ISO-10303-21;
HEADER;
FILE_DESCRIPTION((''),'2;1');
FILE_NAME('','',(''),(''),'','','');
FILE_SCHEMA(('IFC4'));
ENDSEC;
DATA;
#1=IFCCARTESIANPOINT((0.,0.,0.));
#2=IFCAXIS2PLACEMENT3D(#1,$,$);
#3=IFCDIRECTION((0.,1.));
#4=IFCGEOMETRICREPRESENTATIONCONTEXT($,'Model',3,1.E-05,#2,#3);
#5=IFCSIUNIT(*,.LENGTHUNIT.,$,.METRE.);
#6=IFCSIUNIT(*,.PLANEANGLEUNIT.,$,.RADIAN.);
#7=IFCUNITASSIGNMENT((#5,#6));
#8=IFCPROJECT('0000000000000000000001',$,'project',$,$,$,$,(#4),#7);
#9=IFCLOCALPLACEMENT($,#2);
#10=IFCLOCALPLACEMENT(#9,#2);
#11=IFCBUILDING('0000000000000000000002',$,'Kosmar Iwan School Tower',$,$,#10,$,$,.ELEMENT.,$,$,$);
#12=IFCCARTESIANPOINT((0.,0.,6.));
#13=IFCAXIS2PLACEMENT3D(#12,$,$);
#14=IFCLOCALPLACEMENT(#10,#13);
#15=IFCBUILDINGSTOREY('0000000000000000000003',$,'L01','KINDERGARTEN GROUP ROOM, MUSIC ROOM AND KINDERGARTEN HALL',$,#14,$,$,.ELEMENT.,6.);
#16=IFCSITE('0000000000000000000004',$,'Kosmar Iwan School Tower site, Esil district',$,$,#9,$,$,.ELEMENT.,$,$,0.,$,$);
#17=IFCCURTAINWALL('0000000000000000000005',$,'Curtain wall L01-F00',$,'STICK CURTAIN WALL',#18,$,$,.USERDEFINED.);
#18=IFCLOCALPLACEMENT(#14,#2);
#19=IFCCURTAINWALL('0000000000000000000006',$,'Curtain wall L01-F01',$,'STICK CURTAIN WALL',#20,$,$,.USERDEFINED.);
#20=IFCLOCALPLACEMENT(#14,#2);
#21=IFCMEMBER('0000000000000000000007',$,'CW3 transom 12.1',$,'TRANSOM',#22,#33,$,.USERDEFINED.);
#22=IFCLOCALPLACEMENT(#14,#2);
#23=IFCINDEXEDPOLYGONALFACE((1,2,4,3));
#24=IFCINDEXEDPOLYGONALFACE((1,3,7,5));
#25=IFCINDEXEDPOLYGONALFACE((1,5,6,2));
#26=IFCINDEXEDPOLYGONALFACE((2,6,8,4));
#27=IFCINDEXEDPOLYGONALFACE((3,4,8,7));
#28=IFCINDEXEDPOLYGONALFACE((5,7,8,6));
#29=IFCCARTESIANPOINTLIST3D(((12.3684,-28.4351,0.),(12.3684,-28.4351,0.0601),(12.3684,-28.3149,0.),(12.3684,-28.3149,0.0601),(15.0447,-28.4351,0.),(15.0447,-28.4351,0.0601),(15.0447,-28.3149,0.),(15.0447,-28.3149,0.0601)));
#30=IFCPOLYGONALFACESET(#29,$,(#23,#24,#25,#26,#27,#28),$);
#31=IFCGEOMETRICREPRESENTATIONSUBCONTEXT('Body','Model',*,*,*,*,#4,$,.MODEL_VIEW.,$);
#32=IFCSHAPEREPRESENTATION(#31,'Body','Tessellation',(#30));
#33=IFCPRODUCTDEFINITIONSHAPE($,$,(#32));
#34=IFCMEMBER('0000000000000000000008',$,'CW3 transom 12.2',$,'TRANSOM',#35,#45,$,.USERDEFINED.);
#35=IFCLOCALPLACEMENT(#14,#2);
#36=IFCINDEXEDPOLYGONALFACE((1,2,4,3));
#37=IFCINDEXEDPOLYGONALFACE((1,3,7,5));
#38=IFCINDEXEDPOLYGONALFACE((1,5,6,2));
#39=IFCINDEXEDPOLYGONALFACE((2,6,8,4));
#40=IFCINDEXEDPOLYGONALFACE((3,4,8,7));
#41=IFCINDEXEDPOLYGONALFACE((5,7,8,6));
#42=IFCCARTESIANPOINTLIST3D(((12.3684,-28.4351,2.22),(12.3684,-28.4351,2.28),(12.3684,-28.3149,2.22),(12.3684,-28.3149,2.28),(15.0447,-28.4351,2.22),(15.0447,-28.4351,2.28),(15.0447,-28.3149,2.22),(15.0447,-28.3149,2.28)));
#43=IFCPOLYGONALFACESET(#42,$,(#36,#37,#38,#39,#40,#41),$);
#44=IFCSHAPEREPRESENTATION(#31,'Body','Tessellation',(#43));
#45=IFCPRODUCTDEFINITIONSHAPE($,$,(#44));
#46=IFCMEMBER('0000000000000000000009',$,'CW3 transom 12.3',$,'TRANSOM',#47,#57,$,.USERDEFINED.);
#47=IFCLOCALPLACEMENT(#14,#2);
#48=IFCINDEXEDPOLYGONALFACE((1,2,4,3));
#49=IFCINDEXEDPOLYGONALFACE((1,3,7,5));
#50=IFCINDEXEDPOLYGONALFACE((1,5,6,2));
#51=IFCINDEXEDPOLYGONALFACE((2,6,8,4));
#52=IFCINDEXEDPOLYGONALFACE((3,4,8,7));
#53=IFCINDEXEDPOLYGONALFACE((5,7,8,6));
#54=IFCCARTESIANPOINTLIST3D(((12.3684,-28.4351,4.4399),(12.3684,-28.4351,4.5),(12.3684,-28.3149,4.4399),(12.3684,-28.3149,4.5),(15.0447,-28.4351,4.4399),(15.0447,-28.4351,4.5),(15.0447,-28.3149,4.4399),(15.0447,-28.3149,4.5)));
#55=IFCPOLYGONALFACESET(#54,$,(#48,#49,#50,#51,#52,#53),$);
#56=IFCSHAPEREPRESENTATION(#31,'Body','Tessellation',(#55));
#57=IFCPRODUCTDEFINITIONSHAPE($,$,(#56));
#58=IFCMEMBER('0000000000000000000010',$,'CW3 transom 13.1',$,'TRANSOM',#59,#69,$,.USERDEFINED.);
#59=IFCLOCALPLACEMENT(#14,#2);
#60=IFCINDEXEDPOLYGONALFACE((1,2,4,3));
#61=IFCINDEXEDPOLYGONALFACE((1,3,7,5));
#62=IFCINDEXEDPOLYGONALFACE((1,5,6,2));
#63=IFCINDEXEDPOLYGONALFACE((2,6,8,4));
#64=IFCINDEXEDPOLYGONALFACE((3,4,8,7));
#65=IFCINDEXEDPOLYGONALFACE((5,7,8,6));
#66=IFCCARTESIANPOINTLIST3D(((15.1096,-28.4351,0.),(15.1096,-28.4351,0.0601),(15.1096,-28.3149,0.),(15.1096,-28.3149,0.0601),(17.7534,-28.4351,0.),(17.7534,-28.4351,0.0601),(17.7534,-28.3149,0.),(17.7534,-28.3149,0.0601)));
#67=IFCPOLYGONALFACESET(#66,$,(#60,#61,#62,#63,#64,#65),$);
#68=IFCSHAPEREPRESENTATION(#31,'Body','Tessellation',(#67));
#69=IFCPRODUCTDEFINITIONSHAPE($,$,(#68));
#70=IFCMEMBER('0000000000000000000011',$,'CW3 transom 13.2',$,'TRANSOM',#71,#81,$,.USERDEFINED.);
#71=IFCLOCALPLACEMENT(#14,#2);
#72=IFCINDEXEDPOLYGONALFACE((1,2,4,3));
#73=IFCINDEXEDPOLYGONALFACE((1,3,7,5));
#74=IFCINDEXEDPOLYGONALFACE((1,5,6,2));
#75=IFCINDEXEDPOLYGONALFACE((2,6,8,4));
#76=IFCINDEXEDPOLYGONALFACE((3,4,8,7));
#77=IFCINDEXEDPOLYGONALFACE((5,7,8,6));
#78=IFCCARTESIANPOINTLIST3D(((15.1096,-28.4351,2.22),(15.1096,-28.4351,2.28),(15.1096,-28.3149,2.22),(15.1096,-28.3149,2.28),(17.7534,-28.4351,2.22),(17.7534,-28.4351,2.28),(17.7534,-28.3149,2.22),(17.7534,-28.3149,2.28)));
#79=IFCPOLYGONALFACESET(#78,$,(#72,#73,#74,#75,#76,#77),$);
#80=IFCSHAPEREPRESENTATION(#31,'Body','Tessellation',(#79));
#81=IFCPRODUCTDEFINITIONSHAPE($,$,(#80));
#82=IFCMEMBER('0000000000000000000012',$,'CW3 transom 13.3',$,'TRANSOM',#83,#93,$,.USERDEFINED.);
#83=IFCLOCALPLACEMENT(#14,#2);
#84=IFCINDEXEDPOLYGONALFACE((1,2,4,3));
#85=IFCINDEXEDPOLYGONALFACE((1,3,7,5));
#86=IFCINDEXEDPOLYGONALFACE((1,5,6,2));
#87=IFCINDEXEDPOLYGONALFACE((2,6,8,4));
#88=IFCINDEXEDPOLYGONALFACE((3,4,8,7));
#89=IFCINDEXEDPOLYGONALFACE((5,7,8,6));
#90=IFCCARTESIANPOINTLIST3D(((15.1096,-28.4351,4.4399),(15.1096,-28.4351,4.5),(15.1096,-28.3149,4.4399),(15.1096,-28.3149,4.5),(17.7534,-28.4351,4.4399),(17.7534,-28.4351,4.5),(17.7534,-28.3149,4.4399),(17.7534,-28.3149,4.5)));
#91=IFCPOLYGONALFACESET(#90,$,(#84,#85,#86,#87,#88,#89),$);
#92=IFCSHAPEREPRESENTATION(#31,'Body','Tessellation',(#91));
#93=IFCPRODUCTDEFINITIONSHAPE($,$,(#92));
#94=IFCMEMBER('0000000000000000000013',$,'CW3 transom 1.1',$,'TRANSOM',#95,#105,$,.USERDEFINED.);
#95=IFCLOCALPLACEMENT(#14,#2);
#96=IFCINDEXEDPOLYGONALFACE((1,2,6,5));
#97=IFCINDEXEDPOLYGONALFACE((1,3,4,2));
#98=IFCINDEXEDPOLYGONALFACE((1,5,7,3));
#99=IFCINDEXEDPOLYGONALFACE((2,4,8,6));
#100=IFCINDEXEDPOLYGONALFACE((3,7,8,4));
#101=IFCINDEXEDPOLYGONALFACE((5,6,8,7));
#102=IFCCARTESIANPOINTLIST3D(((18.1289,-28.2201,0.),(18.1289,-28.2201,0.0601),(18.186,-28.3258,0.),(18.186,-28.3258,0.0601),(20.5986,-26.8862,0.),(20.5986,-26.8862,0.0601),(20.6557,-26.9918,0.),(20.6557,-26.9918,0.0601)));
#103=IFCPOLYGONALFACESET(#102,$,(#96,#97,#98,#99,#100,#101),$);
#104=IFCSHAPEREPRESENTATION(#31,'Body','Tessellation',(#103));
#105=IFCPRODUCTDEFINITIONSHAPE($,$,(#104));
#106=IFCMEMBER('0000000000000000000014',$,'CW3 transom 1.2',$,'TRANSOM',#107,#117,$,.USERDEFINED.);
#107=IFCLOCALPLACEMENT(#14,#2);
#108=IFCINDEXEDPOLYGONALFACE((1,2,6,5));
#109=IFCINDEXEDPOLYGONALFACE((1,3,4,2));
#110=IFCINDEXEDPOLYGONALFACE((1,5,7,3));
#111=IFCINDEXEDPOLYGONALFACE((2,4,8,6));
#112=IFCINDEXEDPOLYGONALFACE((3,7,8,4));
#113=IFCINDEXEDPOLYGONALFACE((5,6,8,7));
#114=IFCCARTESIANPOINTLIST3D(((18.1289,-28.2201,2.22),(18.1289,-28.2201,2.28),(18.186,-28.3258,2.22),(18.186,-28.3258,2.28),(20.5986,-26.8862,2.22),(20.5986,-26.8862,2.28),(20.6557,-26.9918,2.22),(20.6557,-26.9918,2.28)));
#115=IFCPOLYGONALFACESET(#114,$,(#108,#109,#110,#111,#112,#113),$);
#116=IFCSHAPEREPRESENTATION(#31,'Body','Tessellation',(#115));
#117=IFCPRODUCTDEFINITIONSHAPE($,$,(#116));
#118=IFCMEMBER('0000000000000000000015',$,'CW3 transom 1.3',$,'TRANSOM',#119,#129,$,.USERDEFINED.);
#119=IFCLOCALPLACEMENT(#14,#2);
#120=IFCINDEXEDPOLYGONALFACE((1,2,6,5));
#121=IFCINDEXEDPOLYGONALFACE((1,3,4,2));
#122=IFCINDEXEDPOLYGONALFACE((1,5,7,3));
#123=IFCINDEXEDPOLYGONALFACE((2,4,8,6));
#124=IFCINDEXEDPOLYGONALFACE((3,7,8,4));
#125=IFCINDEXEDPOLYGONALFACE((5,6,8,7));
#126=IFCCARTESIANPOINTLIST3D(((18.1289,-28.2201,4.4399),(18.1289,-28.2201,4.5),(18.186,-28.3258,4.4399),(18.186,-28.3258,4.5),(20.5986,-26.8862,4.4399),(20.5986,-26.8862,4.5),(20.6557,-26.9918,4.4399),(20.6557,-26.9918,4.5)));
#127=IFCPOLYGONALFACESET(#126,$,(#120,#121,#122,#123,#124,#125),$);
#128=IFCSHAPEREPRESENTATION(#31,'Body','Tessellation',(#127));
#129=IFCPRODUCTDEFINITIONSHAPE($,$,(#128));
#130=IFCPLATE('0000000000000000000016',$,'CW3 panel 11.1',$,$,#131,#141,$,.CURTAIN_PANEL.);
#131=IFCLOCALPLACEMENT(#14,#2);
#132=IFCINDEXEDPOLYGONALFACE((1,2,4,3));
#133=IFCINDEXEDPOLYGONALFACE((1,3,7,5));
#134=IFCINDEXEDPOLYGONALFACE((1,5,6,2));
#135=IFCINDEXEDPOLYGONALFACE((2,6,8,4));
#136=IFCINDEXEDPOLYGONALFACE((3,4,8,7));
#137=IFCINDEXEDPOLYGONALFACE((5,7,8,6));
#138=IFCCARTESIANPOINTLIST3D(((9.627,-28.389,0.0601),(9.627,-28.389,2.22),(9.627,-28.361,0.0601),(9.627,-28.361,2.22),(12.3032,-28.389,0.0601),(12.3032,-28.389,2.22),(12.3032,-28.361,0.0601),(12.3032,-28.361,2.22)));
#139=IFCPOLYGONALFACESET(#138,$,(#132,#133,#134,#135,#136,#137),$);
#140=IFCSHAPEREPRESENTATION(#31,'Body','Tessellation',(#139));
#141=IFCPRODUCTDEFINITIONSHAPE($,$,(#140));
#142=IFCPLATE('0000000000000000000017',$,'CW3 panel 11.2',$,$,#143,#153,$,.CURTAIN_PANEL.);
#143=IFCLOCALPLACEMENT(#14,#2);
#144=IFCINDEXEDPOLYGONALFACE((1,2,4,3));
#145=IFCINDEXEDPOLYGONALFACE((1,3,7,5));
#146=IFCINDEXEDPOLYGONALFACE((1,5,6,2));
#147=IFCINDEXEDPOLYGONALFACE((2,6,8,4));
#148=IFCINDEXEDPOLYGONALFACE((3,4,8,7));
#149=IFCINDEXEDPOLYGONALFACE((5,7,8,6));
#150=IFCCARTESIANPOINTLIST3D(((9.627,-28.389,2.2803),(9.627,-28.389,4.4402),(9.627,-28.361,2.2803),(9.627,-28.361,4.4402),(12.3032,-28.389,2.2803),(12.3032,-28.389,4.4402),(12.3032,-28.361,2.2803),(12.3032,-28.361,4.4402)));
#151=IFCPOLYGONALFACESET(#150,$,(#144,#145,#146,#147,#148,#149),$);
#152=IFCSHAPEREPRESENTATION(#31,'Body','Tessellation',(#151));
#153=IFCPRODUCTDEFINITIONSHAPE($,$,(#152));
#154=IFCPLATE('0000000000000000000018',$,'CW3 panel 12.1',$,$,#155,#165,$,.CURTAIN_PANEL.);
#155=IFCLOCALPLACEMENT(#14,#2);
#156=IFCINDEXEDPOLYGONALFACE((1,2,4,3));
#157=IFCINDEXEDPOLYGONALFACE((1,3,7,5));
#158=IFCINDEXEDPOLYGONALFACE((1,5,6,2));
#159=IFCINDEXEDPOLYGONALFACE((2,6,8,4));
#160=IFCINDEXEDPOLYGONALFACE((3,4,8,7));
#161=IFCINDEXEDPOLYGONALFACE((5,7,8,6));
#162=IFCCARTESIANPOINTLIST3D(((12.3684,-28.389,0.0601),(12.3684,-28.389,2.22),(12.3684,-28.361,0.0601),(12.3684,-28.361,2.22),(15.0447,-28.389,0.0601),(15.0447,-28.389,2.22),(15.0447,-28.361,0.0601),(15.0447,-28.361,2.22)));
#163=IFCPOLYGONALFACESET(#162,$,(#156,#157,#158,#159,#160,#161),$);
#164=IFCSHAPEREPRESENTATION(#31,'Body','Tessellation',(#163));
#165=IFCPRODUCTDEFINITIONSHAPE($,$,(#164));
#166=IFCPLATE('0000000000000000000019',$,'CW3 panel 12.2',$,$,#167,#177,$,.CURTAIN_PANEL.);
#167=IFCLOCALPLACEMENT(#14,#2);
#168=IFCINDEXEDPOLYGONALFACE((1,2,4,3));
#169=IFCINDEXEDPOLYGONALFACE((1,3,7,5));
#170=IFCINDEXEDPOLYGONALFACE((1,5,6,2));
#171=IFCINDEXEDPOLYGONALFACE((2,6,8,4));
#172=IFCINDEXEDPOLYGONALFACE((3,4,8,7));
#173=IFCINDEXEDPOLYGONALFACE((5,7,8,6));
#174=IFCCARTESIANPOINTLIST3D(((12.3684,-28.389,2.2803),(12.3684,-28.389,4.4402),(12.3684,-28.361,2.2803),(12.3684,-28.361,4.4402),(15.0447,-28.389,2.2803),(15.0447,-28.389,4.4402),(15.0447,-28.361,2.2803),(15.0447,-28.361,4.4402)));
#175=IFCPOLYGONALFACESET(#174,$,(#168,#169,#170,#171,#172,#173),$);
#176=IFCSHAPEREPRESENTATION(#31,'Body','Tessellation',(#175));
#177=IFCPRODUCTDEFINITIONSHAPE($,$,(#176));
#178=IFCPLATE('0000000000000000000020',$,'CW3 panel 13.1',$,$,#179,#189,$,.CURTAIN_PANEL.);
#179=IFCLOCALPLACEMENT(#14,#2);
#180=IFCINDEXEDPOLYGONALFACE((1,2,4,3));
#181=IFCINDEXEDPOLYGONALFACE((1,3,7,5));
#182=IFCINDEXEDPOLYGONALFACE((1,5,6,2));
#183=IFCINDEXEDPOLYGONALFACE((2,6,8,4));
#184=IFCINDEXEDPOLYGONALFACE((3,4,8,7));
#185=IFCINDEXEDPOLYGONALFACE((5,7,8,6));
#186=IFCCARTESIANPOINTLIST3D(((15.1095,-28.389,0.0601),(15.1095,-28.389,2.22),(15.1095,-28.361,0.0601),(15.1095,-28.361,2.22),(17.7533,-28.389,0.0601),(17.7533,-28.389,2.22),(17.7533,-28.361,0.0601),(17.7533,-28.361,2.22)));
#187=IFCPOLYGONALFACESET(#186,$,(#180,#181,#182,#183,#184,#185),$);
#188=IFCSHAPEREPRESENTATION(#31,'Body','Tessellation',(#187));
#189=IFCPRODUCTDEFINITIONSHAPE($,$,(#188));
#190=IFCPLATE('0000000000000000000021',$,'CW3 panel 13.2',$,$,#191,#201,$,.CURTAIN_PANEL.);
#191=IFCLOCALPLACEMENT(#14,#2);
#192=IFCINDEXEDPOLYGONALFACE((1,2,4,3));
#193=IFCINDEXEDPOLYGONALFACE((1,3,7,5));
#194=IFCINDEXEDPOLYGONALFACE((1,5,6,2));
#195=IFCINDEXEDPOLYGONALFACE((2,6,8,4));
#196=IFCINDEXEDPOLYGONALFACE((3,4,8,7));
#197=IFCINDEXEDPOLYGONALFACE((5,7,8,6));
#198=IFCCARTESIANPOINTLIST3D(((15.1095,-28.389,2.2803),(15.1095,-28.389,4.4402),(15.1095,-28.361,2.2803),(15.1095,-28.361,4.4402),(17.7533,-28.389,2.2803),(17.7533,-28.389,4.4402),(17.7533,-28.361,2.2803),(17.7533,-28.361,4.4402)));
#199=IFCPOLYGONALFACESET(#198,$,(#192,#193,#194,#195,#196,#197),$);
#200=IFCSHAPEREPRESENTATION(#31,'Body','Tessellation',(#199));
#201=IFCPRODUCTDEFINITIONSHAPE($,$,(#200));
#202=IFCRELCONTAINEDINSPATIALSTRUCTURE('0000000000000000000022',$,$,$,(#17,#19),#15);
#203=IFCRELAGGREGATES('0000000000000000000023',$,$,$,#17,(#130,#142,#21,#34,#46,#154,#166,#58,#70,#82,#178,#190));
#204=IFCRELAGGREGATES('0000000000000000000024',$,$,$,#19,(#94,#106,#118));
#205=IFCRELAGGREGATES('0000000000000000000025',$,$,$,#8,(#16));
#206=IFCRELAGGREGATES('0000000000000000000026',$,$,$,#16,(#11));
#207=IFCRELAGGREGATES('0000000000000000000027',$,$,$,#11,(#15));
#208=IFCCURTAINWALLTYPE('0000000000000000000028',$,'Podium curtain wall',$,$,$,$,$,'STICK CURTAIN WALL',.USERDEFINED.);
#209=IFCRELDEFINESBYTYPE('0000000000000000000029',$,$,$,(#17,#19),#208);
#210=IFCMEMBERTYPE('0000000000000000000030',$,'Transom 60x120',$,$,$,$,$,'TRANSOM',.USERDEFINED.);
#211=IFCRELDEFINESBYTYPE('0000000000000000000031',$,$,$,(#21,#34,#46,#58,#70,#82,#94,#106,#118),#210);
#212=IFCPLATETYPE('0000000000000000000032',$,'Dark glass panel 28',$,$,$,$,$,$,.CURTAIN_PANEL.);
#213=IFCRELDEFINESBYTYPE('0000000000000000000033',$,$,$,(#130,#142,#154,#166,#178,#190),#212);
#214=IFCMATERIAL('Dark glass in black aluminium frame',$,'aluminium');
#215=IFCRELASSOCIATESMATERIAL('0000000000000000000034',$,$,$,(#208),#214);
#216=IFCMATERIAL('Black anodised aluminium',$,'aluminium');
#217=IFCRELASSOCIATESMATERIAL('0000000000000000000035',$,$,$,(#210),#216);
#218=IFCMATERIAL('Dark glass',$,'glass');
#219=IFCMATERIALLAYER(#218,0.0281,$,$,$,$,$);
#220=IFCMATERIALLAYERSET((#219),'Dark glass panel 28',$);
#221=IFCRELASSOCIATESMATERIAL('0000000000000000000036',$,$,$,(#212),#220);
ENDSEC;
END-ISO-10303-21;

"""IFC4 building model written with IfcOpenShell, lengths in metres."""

from ifc_helpers import new_model, si_unit, direction, frame, origin, origin_2d, place, context, subcontext, project, spatial, rectangle, extrude, material, layer, layer_set, material_profile, profile_set, type_object, element, aggregate, save


model = new_model("IFC4")

# Units and contexts
model_context = context("Model", 3, precision=1e-05, world=origin(), true_north=direction((0.0, 1.0)))
body_context = subcontext(model_context, "Body", "Model", "MODEL_VIEW")
ifc_project = project(units=[si_unit("LENGTHUNIT", "METRE"), si_unit("PLANEANGLEUNIT", "RADIAN")], contexts=[model_context])

# Site, building, storey
site_placement = place(None, origin())
site = spatial("IfcSite", under=ifc_project, at=site_placement, Name="Kosmar Iwan School Tower site, Esil district", CompositionType="ELEMENT", RefElevation=0.0)
building_placement = place(site_placement, origin())
building = spatial("IfcBuilding", under=site, at=building_placement, Name="Kosmar Iwan School Tower", CompositionType="ELEMENT")
storey_placement = place(building_placement, frame((0.0, 0.0, 6.0)))
storey = spatial("IfcBuildingStorey", under=building, at=storey_placement, Name="L01", Description="KINDERGARTEN GROUP ROOM, MUSIC ROOM AND KINDERGARTEN HALL", CompositionType="ELEMENT", Elevation=6.0)

# Curtain walls
ifc_material_1 = material(Name="Dark glass in black aluminium frame", Category="aluminium")
curtain_wall_type = type_object("IfcCurtainWallType", Name="Podium curtain wall", ElementType="STICK CURTAIN WALL", PredefinedType="USERDEFINED", material=ifc_material_1)
curtain_wall_1_placement = place(storey_placement, origin())
curtain_wall_1 = element("IfcCurtainWall", 1, at=curtain_wall_1_placement, inside=storey, type_object=curtain_wall_type, Name="Curtain wall L01-F00", ObjectType="STICK CURTAIN WALL", PredefinedType="USERDEFINED")
curtain_wall_2_placement = place(storey_placement, origin())
curtain_wall_2 = element("IfcCurtainWall", 2, at=curtain_wall_2_placement, inside=storey, type_object=curtain_wall_type, Name="Curtain wall L01-F01", ObjectType="STICK CURTAIN WALL", PredefinedType="USERDEFINED")

# Members
ifc_material_2 = material(Name="Black anodised aluminium", Category="aluminium")
ifc_material_profile_1 = material_profile(ifc_material_2, rectangle(XDim=0.1201, YDim=0.0601, at=origin_2d()), Name="TRANSOM 60x120")
ifc_profile_set_1 = profile_set([ifc_material_profile_1], Name="Black anodised aluminium")
member_type_1 = type_object("IfcMemberType", Name="Transom 60x120", ElementType="TRANSOM", PredefinedType="USERDEFINED", material=ifc_profile_set_1)
member_1_placement = place(storey_placement, frame((12.3684, -28.375, 0.03), z_axis=(1.0, 0.0, 0.0), x_axis=(0.0, 1.0, 0.0)))
member_1 = element("IfcMember", 3, at=member_1_placement, type_object=member_type_1, Name="CW3 transom 12.1", ObjectType="TRANSOM", PredefinedType="USERDEFINED", context=body_context, shape_type="SweptSolid", body=[
    extrude(rectangle(XDim=0.1201, YDim=0.0601, at=origin_2d()), origin(), (0.0, 0.0, 1.0), 2.6763),
])
member_2_placement = place(storey_placement, frame((12.3684, -28.375, 2.25), z_axis=(1.0, 0.0, 0.0), x_axis=(0.0, 1.0, 0.0)))
member_2 = element("IfcMember", 4, at=member_2_placement, type_object=member_type_1, Name="CW3 transom 12.2", ObjectType="TRANSOM", PredefinedType="USERDEFINED", context=body_context, shape_type="SweptSolid", body=[
    extrude(rectangle(XDim=0.1201, YDim=0.0601, at=origin_2d()), origin(), (0.0, 0.0, 1.0), 2.6763),
])
member_3_placement = place(storey_placement, frame((12.3684, -28.375, 4.47), z_axis=(1.0, 0.0, 0.0), x_axis=(0.0, 1.0, 0.0)))
member_3 = element("IfcMember", 5, at=member_3_placement, type_object=member_type_1, Name="CW3 transom 12.3", ObjectType="TRANSOM", PredefinedType="USERDEFINED", context=body_context, shape_type="SweptSolid", body=[
    extrude(rectangle(XDim=0.1201, YDim=0.0601, at=origin_2d()), origin(), (0.0, 0.0, 1.0), 2.6763),
])
member_4_placement = place(storey_placement, frame((15.1096, -28.375, 0.03), z_axis=(1.0, 0.0, 0.0), x_axis=(0.0, 1.0, 0.0)))
member_4 = element("IfcMember", 6, at=member_4_placement, type_object=member_type_1, Name="CW3 transom 13.1", ObjectType="TRANSOM", PredefinedType="USERDEFINED", context=body_context, shape_type="SweptSolid", body=[
    extrude(rectangle(XDim=0.1201, YDim=0.0601, at=origin_2d()), origin(), (0.0, 0.0, 1.0), 2.6438),
])
member_5_placement = place(storey_placement, frame((15.1096, -28.375, 2.25), z_axis=(1.0, 0.0, 0.0), x_axis=(0.0, 1.0, 0.0)))
member_5 = element("IfcMember", 7, at=member_5_placement, type_object=member_type_1, Name="CW3 transom 13.2", ObjectType="TRANSOM", PredefinedType="USERDEFINED", context=body_context, shape_type="SweptSolid", body=[
    extrude(rectangle(XDim=0.1201, YDim=0.0601, at=origin_2d()), origin(), (0.0, 0.0, 1.0), 2.6438),
])
member_6_placement = place(storey_placement, frame((15.1096, -28.375, 4.47), z_axis=(1.0, 0.0, 0.0), x_axis=(0.0, 1.0, 0.0)))
member_6 = element("IfcMember", 8, at=member_6_placement, type_object=member_type_1, Name="CW3 transom 13.3", ObjectType="TRANSOM", PredefinedType="USERDEFINED", context=body_context, shape_type="SweptSolid", body=[
    extrude(rectangle(XDim=0.1201, YDim=0.0601, at=origin_2d()), origin(), (0.0, 0.0, 1.0), 2.6438),
])
member_7_placement = place(storey_placement, frame((18.1575, -28.2729, 0.03), z_axis=(0.879856, 0.47524, 0.0), x_axis=(-0.47524, 0.879856, 0.0)))
member_7 = element("IfcMember", 9, at=member_7_placement, type_object=member_type_1, Name="CW3 transom 1.1", ObjectType="TRANSOM", PredefinedType="USERDEFINED", context=body_context, shape_type="SweptSolid", body=[
    extrude(rectangle(XDim=0.1201, YDim=0.0601, at=origin_2d()), origin(), (0.0, 0.0, 1.0), 2.8069),
])
member_8_placement = place(storey_placement, frame((18.1575, -28.2729, 2.25), z_axis=(0.879856, 0.47524, 0.0), x_axis=(-0.47524, 0.879856, 0.0)))
member_8 = element("IfcMember", 10, at=member_8_placement, type_object=member_type_1, Name="CW3 transom 1.2", ObjectType="TRANSOM", PredefinedType="USERDEFINED", context=body_context, shape_type="SweptSolid", body=[
    extrude(rectangle(XDim=0.1201, YDim=0.0601, at=origin_2d()), origin(), (0.0, 0.0, 1.0), 2.8069),
])
member_9_placement = place(storey_placement, frame((18.1575, -28.2729, 4.47), z_axis=(0.879856, 0.47524, 0.0), x_axis=(-0.47524, 0.879856, 0.0)))
member_9 = element("IfcMember", 11, at=member_9_placement, type_object=member_type_1, Name="CW3 transom 1.3", ObjectType="TRANSOM", PredefinedType="USERDEFINED", context=body_context, shape_type="SweptSolid", body=[
    extrude(rectangle(XDim=0.1201, YDim=0.0601, at=origin_2d()), origin(), (0.0, 0.0, 1.0), 2.8069),
])

# Plates
ifc_material_3 = material(Name="Dark glass", Category="glass")
ifc_layer = layer(ifc_material_3, 0.0281)
ifc_layer_set = layer_set([ifc_layer], Name="Dark glass panel 28")
plate_type = type_object("IfcPlateType", Name="Dark glass panel 28", PredefinedType="CURTAIN_PANEL", material=ifc_layer_set)
plate_1_placement = place(storey_placement, frame((10.9651, -28.375, 0.0601), z_axis=(0.0, 0.0, 1.0), x_axis=(1.0, 0.0, 0.0)))
plate_1 = element("IfcPlate", 12, at=plate_1_placement, type_object=plate_type, Name="CW3 panel 11.1", PredefinedType="CURTAIN_PANEL", context=body_context, shape_type="SweptSolid", body=[
    extrude(rectangle(XDim=2.6763, YDim=0.0281, at=origin_2d()), origin(), (0.0, 0.0, 1.0), 2.1599),
])
plate_2_placement = place(storey_placement, frame((10.9651, -28.375, 2.2803), z_axis=(0.0, 0.0, 1.0), x_axis=(1.0, 0.0, 0.0)))
plate_2 = element("IfcPlate", 13, at=plate_2_placement, type_object=plate_type, Name="CW3 panel 11.2", PredefinedType="CURTAIN_PANEL", context=body_context, shape_type="SweptSolid", body=[
    extrude(rectangle(XDim=2.6763, YDim=0.0281, at=origin_2d()), origin(), (0.0, 0.0, 1.0), 2.1599),
])
plate_3_placement = place(storey_placement, frame((13.7065, -28.375, 0.0601), z_axis=(0.0, 0.0, 1.0), x_axis=(1.0, 0.0, 0.0)))
plate_3 = element("IfcPlate", 14, at=plate_3_placement, type_object=plate_type, Name="CW3 panel 12.1", PredefinedType="CURTAIN_PANEL", context=body_context, shape_type="SweptSolid", body=[
    extrude(rectangle(XDim=2.6763, YDim=0.0281, at=origin_2d()), origin(), (0.0, 0.0, 1.0), 2.1599),
])
plate_4_placement = place(storey_placement, frame((13.7065, -28.375, 2.2803), z_axis=(0.0, 0.0, 1.0), x_axis=(1.0, 0.0, 0.0)))
plate_4 = element("IfcPlate", 15, at=plate_4_placement, type_object=plate_type, Name="CW3 panel 12.2", PredefinedType="CURTAIN_PANEL", context=body_context, shape_type="SweptSolid", body=[
    extrude(rectangle(XDim=2.6763, YDim=0.0281, at=origin_2d()), origin(), (0.0, 0.0, 1.0), 2.1599),
])
plate_5_placement = place(storey_placement, frame((16.4314, -28.375, 0.0601), z_axis=(0.0, 0.0, 1.0), x_axis=(1.0, 0.0, 0.0)))
plate_5 = element("IfcPlate", 16, at=plate_5_placement, type_object=plate_type, Name="CW3 panel 13.1", PredefinedType="CURTAIN_PANEL", context=body_context, shape_type="SweptSolid", body=[
    extrude(rectangle(XDim=2.6438, YDim=0.0281, at=origin_2d()), origin(), (0.0, 0.0, 1.0), 2.1599),
])
plate_6_placement = place(storey_placement, frame((16.4314, -28.375, 2.2803), z_axis=(0.0, 0.0, 1.0), x_axis=(1.0, 0.0, 0.0)))
plate_6 = element("IfcPlate", 17, at=plate_6_placement, type_object=plate_type, Name="CW3 panel 13.2", PredefinedType="CURTAIN_PANEL", context=body_context, shape_type="SweptSolid", body=[
    extrude(rectangle(XDim=2.6438, YDim=0.0281, at=origin_2d()), origin(), (0.0, 0.0, 1.0), 2.1599),
])
aggregate(curtain_wall_1, [plate_1, plate_2, member_1, member_2, member_3, plate_3, plate_4, member_4, member_5, member_6, plate_5, plate_6])
aggregate(curtain_wall_2, [member_7, member_8, member_9])

save(model, "model.ifc")
